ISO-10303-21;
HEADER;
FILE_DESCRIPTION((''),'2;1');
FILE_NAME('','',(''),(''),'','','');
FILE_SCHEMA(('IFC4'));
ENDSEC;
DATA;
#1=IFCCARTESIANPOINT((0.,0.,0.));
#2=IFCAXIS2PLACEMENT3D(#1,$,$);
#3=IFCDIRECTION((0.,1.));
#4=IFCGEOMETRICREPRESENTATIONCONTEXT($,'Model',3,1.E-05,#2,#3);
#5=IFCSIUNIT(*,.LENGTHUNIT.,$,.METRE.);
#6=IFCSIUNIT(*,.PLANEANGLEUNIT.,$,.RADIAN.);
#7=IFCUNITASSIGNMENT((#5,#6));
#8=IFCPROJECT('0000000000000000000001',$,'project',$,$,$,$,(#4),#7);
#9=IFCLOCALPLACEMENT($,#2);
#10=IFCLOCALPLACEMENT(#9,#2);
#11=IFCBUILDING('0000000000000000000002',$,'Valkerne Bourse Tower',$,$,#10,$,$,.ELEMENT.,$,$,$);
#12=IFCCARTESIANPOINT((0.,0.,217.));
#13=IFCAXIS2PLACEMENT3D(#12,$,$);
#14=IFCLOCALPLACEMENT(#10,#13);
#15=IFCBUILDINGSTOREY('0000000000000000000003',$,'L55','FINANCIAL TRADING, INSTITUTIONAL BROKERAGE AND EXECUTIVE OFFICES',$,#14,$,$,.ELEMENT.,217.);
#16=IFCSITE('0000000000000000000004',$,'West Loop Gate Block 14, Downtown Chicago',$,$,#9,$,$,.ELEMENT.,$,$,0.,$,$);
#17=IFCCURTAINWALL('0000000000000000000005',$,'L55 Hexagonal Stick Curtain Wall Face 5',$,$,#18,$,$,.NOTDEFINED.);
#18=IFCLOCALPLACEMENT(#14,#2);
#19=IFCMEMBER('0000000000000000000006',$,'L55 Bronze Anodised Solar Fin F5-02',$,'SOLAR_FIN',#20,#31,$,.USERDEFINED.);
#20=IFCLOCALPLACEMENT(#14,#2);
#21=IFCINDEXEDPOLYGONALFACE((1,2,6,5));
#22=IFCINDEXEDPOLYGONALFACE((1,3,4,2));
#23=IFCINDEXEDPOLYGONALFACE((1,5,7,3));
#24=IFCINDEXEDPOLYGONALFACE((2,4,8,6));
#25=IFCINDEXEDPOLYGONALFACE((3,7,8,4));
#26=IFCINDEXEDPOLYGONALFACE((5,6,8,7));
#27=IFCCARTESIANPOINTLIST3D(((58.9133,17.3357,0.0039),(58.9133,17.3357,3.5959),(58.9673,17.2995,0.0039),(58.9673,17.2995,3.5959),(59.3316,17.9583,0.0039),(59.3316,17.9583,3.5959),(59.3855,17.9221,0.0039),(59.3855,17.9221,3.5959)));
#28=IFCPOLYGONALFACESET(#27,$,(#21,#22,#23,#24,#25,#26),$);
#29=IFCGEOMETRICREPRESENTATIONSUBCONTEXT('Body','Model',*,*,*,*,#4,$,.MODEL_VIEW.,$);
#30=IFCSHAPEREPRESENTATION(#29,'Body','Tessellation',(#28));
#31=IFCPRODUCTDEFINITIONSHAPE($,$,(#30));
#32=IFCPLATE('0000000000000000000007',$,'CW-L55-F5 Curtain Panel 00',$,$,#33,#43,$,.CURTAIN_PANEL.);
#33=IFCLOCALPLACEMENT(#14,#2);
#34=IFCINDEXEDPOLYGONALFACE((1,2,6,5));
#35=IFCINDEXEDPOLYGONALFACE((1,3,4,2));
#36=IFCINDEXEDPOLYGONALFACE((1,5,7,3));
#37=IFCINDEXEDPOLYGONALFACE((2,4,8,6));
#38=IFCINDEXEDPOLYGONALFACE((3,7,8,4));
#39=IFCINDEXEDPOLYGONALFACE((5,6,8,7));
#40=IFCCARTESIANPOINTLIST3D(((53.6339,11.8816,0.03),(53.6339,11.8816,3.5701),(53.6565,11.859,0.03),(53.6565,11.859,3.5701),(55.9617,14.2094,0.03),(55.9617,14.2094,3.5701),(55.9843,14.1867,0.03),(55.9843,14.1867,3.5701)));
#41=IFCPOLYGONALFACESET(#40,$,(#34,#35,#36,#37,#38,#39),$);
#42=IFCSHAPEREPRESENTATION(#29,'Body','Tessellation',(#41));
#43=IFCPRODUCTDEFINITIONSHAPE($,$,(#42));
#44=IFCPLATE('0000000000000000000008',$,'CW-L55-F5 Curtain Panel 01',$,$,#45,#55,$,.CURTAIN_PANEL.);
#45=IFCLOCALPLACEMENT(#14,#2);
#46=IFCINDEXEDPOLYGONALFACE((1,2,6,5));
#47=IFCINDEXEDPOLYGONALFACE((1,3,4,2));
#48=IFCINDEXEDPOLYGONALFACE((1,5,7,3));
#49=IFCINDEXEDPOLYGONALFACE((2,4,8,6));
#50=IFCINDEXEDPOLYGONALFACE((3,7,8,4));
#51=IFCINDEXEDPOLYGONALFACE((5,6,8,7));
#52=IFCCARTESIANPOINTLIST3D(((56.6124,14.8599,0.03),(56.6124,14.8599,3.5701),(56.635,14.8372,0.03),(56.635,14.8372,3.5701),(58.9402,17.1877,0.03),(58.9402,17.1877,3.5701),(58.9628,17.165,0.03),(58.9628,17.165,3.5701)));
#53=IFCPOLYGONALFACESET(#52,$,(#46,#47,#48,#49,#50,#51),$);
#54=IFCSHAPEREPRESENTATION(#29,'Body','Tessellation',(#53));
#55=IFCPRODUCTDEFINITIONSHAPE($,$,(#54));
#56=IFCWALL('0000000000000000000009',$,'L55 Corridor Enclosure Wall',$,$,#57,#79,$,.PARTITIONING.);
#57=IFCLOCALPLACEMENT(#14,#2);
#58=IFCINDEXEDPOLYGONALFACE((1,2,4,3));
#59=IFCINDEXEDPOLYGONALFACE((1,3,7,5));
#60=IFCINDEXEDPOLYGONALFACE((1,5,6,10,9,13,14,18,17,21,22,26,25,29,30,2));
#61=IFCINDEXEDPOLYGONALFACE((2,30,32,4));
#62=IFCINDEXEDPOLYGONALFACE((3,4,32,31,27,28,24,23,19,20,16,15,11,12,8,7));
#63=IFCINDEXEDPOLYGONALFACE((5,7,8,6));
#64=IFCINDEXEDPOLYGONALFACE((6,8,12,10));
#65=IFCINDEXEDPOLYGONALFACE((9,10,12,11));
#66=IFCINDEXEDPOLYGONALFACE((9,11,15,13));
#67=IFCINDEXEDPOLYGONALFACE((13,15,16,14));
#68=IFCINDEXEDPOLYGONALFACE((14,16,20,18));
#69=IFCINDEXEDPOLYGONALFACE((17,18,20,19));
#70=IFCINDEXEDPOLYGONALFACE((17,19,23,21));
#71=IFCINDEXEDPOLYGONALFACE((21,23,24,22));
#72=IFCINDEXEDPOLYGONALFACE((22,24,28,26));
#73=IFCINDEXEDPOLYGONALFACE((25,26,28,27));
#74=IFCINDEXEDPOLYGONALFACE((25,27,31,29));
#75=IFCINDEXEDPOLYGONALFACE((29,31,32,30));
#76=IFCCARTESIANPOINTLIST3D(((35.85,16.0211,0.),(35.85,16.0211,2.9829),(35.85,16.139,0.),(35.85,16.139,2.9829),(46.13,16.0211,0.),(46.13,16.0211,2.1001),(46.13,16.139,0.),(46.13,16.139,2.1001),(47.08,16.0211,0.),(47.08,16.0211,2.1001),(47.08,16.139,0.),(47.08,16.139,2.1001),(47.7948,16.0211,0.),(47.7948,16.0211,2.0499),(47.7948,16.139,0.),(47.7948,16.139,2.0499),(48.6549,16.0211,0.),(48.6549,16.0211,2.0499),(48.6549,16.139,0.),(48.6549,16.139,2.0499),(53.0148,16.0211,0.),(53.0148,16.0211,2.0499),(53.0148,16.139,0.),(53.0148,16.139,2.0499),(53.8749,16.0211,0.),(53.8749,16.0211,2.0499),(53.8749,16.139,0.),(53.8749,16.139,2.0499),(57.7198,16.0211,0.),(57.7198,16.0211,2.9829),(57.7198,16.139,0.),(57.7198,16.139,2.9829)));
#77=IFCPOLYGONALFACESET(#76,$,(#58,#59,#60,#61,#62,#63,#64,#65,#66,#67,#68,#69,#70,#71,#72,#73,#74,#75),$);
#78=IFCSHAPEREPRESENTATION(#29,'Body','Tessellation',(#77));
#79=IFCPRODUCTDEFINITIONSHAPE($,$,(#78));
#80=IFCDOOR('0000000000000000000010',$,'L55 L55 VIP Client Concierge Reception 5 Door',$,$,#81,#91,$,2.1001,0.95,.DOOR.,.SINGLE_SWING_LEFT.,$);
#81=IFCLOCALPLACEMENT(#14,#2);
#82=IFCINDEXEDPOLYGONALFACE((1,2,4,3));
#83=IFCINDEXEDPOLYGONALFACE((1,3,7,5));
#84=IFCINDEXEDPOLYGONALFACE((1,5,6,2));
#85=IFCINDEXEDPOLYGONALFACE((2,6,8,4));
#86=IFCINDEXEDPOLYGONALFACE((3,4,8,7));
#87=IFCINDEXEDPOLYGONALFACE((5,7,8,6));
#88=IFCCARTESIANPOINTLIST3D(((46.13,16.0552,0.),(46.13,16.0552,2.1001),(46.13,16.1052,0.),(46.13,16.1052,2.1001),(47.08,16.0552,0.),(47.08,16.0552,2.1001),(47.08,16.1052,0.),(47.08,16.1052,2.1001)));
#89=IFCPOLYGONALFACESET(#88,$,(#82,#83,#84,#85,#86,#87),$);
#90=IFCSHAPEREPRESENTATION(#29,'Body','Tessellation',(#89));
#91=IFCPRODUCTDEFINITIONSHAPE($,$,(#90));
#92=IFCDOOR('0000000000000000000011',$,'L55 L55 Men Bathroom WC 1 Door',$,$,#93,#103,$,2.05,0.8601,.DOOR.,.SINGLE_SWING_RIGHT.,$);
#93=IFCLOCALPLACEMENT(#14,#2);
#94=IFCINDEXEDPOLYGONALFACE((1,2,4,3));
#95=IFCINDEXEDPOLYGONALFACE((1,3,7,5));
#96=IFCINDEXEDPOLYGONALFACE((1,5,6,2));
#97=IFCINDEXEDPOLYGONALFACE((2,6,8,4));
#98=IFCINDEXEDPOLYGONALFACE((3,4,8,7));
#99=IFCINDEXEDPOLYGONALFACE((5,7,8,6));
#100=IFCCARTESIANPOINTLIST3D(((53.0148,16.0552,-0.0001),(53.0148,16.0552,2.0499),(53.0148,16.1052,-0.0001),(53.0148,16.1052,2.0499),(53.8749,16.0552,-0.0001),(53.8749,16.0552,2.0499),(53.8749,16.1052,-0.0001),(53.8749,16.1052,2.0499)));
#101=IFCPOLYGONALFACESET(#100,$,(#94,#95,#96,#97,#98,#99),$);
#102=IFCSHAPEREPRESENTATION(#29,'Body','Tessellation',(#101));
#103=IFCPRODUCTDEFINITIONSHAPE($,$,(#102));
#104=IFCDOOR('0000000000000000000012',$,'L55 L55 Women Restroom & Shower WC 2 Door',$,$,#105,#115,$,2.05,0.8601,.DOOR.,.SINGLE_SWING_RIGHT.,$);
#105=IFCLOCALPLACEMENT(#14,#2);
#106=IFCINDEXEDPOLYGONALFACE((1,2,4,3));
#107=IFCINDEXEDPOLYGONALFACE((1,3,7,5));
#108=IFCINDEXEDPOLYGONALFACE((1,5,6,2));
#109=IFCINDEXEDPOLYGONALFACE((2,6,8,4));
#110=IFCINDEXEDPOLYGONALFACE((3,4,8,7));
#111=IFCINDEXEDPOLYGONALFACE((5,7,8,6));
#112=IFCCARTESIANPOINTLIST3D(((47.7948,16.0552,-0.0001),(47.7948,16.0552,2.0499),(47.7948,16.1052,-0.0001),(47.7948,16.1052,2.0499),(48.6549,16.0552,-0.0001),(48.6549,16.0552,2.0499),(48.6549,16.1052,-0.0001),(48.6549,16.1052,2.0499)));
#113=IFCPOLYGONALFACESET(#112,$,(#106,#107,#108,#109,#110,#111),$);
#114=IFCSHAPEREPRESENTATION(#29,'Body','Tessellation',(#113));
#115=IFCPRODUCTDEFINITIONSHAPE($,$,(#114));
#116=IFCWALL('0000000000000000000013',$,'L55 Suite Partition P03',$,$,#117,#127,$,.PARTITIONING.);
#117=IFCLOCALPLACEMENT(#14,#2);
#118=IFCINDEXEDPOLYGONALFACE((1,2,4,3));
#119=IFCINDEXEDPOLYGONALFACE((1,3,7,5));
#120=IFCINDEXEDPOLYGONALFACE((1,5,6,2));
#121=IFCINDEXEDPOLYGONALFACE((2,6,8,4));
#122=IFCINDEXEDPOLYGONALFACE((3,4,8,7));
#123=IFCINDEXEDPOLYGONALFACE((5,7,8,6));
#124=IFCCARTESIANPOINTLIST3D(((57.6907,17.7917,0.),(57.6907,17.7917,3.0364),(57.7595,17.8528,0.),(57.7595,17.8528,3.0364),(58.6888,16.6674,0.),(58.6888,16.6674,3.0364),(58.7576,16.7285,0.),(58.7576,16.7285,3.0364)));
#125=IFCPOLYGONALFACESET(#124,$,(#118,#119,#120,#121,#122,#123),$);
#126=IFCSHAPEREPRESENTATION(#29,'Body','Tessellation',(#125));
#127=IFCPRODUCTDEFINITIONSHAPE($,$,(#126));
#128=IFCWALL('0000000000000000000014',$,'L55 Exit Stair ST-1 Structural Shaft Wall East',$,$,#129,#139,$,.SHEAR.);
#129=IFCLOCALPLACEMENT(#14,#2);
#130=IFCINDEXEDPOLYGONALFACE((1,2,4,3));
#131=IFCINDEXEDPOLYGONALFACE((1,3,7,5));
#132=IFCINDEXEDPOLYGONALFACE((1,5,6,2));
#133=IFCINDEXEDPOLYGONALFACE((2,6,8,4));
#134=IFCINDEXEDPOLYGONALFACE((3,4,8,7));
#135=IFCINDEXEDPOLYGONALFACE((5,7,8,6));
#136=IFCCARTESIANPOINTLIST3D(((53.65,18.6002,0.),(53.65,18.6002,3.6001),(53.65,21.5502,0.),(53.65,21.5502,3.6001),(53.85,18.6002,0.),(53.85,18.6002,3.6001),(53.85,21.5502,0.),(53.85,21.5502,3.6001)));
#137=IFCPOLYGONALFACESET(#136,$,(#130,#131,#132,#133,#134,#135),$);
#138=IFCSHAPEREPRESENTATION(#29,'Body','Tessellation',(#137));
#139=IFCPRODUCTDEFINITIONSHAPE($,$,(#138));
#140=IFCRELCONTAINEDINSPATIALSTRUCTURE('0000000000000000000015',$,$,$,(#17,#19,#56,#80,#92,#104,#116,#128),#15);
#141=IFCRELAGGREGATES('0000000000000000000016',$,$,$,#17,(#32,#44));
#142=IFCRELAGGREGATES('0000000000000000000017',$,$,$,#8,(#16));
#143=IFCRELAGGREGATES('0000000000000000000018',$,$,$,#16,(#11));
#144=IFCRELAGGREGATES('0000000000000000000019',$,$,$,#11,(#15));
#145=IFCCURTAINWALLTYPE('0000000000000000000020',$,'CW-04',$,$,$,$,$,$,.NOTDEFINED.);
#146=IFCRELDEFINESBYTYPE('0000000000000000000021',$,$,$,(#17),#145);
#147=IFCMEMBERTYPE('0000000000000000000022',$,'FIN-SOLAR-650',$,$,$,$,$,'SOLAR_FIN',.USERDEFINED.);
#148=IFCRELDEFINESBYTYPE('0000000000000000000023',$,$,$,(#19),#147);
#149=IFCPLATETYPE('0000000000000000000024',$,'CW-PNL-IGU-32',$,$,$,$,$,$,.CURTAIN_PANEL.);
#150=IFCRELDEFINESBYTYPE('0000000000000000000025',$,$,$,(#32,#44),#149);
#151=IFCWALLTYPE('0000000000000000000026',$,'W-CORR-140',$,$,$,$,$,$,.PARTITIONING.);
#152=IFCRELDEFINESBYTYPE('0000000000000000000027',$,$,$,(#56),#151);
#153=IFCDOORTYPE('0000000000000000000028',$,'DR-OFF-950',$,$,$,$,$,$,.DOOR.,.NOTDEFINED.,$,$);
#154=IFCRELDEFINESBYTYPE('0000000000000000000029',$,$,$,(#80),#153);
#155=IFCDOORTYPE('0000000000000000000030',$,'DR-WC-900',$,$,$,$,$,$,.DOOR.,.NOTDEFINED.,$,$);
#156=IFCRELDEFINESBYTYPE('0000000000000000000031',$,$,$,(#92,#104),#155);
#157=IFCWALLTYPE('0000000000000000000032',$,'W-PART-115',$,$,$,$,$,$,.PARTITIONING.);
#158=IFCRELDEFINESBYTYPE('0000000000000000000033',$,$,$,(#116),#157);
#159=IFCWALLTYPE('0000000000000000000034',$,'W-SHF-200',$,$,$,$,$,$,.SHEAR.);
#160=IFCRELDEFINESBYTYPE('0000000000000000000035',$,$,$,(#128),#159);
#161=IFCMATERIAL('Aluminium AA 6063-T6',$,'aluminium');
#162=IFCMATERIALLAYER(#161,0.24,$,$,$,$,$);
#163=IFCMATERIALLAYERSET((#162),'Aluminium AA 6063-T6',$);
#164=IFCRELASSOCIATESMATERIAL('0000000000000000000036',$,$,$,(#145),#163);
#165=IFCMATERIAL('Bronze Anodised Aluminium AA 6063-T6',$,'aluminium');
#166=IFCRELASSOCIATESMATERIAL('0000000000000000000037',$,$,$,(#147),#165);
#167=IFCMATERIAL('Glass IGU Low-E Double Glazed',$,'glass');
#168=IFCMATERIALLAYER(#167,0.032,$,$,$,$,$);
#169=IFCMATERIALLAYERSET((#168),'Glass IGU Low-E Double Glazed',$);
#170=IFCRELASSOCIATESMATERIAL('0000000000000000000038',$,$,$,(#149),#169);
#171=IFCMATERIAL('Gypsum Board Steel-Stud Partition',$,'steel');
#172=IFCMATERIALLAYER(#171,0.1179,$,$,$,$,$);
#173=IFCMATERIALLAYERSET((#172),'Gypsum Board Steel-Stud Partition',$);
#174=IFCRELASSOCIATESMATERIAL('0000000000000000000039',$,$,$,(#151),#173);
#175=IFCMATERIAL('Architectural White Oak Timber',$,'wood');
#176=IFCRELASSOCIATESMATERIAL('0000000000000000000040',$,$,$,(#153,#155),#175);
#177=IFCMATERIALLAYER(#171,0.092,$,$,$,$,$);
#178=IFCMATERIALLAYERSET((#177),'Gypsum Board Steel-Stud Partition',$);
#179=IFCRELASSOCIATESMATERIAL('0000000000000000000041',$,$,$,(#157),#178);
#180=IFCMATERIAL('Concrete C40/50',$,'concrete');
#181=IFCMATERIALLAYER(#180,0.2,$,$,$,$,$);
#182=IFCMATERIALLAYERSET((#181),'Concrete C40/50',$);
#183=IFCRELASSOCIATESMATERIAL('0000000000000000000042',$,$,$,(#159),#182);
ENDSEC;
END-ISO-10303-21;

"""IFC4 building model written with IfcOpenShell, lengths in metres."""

from ifc_helpers import new_model, si_unit, direction, frame, frame_2d, origin, origin_2d, place, context, subcontext, project, spatial, rectangle, extrude, material, layer, layer_set, material_profile, profile_set, type_object, element, fill, aggregate, save


model = new_model("IFC4")

# Units and contexts
model_context = context("Model", 3, precision=1e-05, world=origin(), true_north=direction((0.0, 1.0)))
body_context = subcontext(model_context, "Body", "Model", "MODEL_VIEW")
ifc_project = project(units=[si_unit("LENGTHUNIT", "METRE"), si_unit("PLANEANGLEUNIT", "RADIAN")], contexts=[model_context])

# Site, building, storey
site_placement = place(None, origin())
site = spatial("IfcSite", under=ifc_project, at=site_placement, Name="West Loop Gate Block 14, Downtown Chicago", CompositionType="ELEMENT", RefElevation=0.0)
building_placement = place(site_placement, origin())
building = spatial("IfcBuilding", under=site, at=building_placement, Name="Valkerne Bourse Tower", CompositionType="ELEMENT")
storey_placement = place(building_placement, frame((0.0, 0.0, 217.0)))
storey = spatial("IfcBuildingStorey", under=building, at=storey_placement, Name="L55", Description="FINANCIAL TRADING, INSTITUTIONAL BROKERAGE AND EXECUTIVE OFFICES", CompositionType="ELEMENT", Elevation=217.0)

# Curtain wall
ifc_material_1 = material(Name="Aluminium AA 6063-T6", Category="aluminium")
ifc_layer_1 = layer(ifc_material_1, 0.24)
ifc_layer_set_1 = layer_set([ifc_layer_1], Name="Aluminium AA 6063-T6")
curtain_wall_type = type_object("IfcCurtainWallType", Name="CW-04", PredefinedType="NOTDEFINED", material=ifc_layer_set_1)
curtain_wall_placement = place(storey_placement, origin())
curtain_wall = element("IfcCurtainWall", 1, at=curtain_wall_placement, inside=storey, type_object=curtain_wall_type, Name="L55 Hexagonal Stick Curtain Wall Face 5", PredefinedType="NOTDEFINED")

# Member
ifc_material_2 = material(Name="Bronze Anodised Aluminium AA 6063-T6", Category="aluminium")
ifc_material_profile_1 = material_profile(ifc_material_2, rectangle(XDim=0.0649, YDim=0.75, at=origin_2d()), Name="FIN-65X750")
ifc_profile_set_1 = profile_set([ifc_material_profile_1], Name="Bronze Anodised Aluminium AA 6063-T6")
member_type_1 = type_object("IfcMemberType", Name="FIN-SOLAR-650", ElementType="SOLAR_FIN", PredefinedType="USERDEFINED", material=ifc_profile_set_1)
member_1_placement = place(storey_placement, frame((59.1494, 17.6289, 0.0039), z_axis=(0.0, 0.0, 1.0), x_axis=(0.830088, -0.557633, 0.0)))
element("IfcMember", 2, at=member_1_placement, inside=storey, type_object=member_type_1, Name="L55 Bronze Anodised Solar Fin F5-02", ObjectType="SOLAR_FIN", PredefinedType="USERDEFINED", context=body_context, shape_type="SweptSolid", body=[
    extrude(rectangle(XDim=0.0649, YDim=0.75, at=origin_2d()), origin(), (0.0, 0.0, 1.0), 3.592),
])

# Plates
ifc_material_3 = material(Name="Glass IGU Low-E Double Glazed", Category="glass")
ifc_layer_2 = layer(ifc_material_3, 0.032)
ifc_layer_set_2 = layer_set([ifc_layer_2], Name="Glass IGU Low-E Double Glazed")
plate_type = type_object("IfcPlateType", Name="CW-PNL-IGU-32", PredefinedType="CURTAIN_PANEL", material=ifc_layer_set_2)
plate_1_placement = place(storey_placement, frame((54.8091, 13.0342, 0.03), z_axis=(0.0, 0.0, 1.0), x_axis=(0.707119, 0.707095, 0.0)))
plate_1 = element("IfcPlate", 3, at=plate_1_placement, type_object=plate_type, Name="CW-L55-F5 Curtain Panel 00", PredefinedType="CURTAIN_PANEL", context=body_context, shape_type="SweptSolid", body=[
    extrude(rectangle(XDim=3.292, YDim=0.032, at=origin_2d()), origin(), (0.0, 0.0, 1.0), 3.54),
])
plate_2_placement = place(storey_placement, frame((57.7876, 16.0125, 0.03), z_axis=(0.0, 0.0, 1.0), x_axis=(0.707107, 0.707107, 0.0)))
plate_2 = element("IfcPlate", 4, at=plate_2_placement, type_object=plate_type, Name="CW-L55-F5 Curtain Panel 01", PredefinedType="CURTAIN_PANEL", context=body_context, shape_type="SweptSolid", body=[
    extrude(rectangle(XDim=3.292, YDim=0.032, at=origin_2d()), origin(), (0.0, 0.0, 1.0), 3.54),
])
aggregate(curtain_wall, [plate_1, plate_2])

# Wall, openings, doors
ifc_material_4 = material(Name="Gypsum Board Steel-Stud Partition", Category="steel")
ifc_layer_3 = layer(ifc_material_4, 0.1179)
ifc_layer_set_3 = layer_set([ifc_layer_3], Name="Gypsum Board Steel-Stud Partition")
wall_type_1 = type_object("IfcWallType", Name="W-CORR-140", PredefinedType="PARTITIONING", material=ifc_layer_set_3)
wall_1_placement = place(storey_placement, frame((57.72, 16.0801, 0.0), z_axis=(0.0, 0.0, 1.0), x_axis=(-1.0, 0.0, 0.0)))
wall_1 = element("IfcWall", 5, at=wall_1_placement, inside=storey, type_object=wall_type_1, Name="L55 Corridor Enclosure Wall", PredefinedType="PARTITIONING", context=body_context, shape_type="SweptSolid", body=[
    extrude(rectangle(XDim=21.8699, YDim=0.1179, at=frame_2d((10.9351, 0.0))), origin(), (0.0, 0.0, 1.0), 2.9829),
])
opening_1_placement = place(wall_1_placement, frame((3.845, 0.0, 0.0)))
opening_1 = element("IfcOpeningElement", 6, at=opening_1_placement, cuts=wall_1, PredefinedType="OPENING", context=body_context, shape_type="SweptSolid", body=[
    extrude(rectangle(XDim=0.8601, YDim=2.05, at=frame_2d((0.4302, 1.0249))), frame((0.0, 0.0688, 0.0), z_axis=(0.0, -1.0, 0.0), x_axis=(1.0, 0.0, 0.0)), (0.0, 0.0, 1.0), 0.1379),
])
opening_2_placement = place(wall_1_placement, frame((9.0649, 0.0, 0.0)))
opening_2 = element("IfcOpeningElement", 7, at=opening_2_placement, cuts=wall_1, PredefinedType="OPENING", context=body_context, shape_type="SweptSolid", body=[
    extrude(rectangle(XDim=0.8601, YDim=2.05, at=frame_2d((0.4302, 1.0249))), frame((0.0, 0.0688, 0.0), z_axis=(0.0, -1.0, 0.0), x_axis=(1.0, 0.0, 0.0)), (0.0, 0.0, 1.0), 0.1379),
])
opening_3_placement = place(wall_1_placement, frame((10.6399, 0.0, 0.0)))
opening_3 = element("IfcOpeningElement", 8, at=opening_3_placement, cuts=wall_1, PredefinedType="OPENING", context=body_context, shape_type="SweptSolid", body=[
    extrude(rectangle(XDim=0.95, YDim=2.1001, at=frame_2d((0.4751, 1.05))), frame((0.0, 0.0688, 0.0), z_axis=(0.0, -1.0, 0.0), x_axis=(1.0, 0.0, 0.0)), (0.0, 0.0, 1.0), 0.1379),
])
ifc_material_5 = material(Name="Architectural White Oak Timber", Category="wood")
door_type_1 = type_object("IfcDoorType", Name="DR-OFF-950", OperationType="NOTDEFINED", PredefinedType="DOOR", material=ifc_material_5)
door_1_placement = place(opening_3_placement, origin())
door_1 = element("IfcDoor", 9, at=door_1_placement, inside=storey, type_object=door_type_1, Name="L55 L55 VIP Client Concierge Reception 5 Door", OperationType="SINGLE_SWING_LEFT", OverallHeight=2.1001, OverallWidth=0.95, PredefinedType="DOOR", context=body_context, shape_type="SweptSolid", body=[
    extrude(rectangle(XDim=0.95, YDim=2.1001, at=frame_2d((0.4751, 1.05))), frame((0.0, 0.0249, 0.0), z_axis=(0.0, -1.0, 0.0), x_axis=(1.0, 0.0, 0.0)), (0.0, 0.0, 1.0), 0.05),
])
fill(opening_3, door_1)
door_type_2 = type_object("IfcDoorType", Name="DR-WC-900", OperationType="NOTDEFINED", PredefinedType="DOOR", material=ifc_material_5)
door_2_placement = place(opening_1_placement, origin())
door_2 = element("IfcDoor", 10, at=door_2_placement, inside=storey, type_object=door_type_2, Name="L55 L55 Men Bathroom WC 1 Door", OperationType="SINGLE_SWING_RIGHT", OverallHeight=2.05, OverallWidth=0.8601, PredefinedType="DOOR", context=body_context, shape_type="SweptSolid", body=[
    extrude(rectangle(XDim=0.8601, YDim=2.05, at=frame_2d((0.4302, 1.0249))), frame((0.0, 0.0249, 0.0), z_axis=(0.0, -1.0, 0.0), x_axis=(1.0, 0.0, 0.0)), (0.0, 0.0, 1.0), 0.05),
])
fill(opening_1, door_2)
door_3_placement = place(opening_2_placement, origin())
door_3 = element("IfcDoor", 11, at=door_3_placement, inside=storey, type_object=door_type_2, Name="L55 L55 Women Restroom & Shower WC 2 Door", OperationType="SINGLE_SWING_RIGHT", OverallHeight=2.05, OverallWidth=0.8601, PredefinedType="DOOR", context=body_context, shape_type="SweptSolid", body=[
    extrude(rectangle(XDim=0.8601, YDim=2.05, at=frame_2d((0.4302, 1.0249))), frame((0.0, 0.0249, 0.0), z_axis=(0.0, -1.0, 0.0), x_axis=(1.0, 0.0, 0.0)), (0.0, 0.0, 1.0), 0.05),
])
fill(opening_2, door_3)

# Walls
ifc_layer_4 = layer(ifc_material_4, 0.092)
ifc_layer_set_4 = layer_set([ifc_layer_4], Name="Gypsum Board Steel-Stud Partition")
wall_type_2 = type_object("IfcWallType", Name="W-PART-115", PredefinedType="PARTITIONING", material=ifc_layer_set_4)
wall_2_placement = place(storey_placement, frame((57.7251, 17.8223, 0.0), z_axis=(0.0, 0.0, 1.0), x_axis=(0.66388, -0.747839, 0.0)))
element("IfcWall", 12, at=wall_2_placement, inside=storey, type_object=wall_type_2, Name="L55 Suite Partition P03", PredefinedType="PARTITIONING", context=body_context, shape_type="SweptSolid", body=[
    extrude(rectangle(XDim=1.5034, YDim=0.092, at=frame_2d((0.7517, 0.0))), origin(), (0.0, 0.0, 1.0), 3.0364),
])
ifc_material_6 = material(Name="Concrete C40/50", Category="concrete")
ifc_layer_5 = layer(ifc_material_6, 0.2)
ifc_layer_set_5 = layer_set([ifc_layer_5], Name="Concrete C40/50")
wall_type_3 = type_object("IfcWallType", Name="W-SHF-200", PredefinedType="SHEAR", material=ifc_layer_set_5)
wall_3_placement = place(storey_placement, frame((53.75, 18.6001, 0.0), z_axis=(0.0, 0.0, 1.0), x_axis=(0.0, 1.0, 0.0)))
element("IfcWall", 13, at=wall_3_placement, inside=storey, type_object=wall_type_3, Name="L55 Exit Stair ST-1 Structural Shaft Wall East", PredefinedType="SHEAR", context=body_context, shape_type="SweptSolid", body=[
    extrude(rectangle(XDim=2.95, YDim=0.2, at=frame_2d((1.4751, 0.0))), origin(), (0.0, 0.0, 1.0), 3.6001),
])

save(model, "model.ifc")
